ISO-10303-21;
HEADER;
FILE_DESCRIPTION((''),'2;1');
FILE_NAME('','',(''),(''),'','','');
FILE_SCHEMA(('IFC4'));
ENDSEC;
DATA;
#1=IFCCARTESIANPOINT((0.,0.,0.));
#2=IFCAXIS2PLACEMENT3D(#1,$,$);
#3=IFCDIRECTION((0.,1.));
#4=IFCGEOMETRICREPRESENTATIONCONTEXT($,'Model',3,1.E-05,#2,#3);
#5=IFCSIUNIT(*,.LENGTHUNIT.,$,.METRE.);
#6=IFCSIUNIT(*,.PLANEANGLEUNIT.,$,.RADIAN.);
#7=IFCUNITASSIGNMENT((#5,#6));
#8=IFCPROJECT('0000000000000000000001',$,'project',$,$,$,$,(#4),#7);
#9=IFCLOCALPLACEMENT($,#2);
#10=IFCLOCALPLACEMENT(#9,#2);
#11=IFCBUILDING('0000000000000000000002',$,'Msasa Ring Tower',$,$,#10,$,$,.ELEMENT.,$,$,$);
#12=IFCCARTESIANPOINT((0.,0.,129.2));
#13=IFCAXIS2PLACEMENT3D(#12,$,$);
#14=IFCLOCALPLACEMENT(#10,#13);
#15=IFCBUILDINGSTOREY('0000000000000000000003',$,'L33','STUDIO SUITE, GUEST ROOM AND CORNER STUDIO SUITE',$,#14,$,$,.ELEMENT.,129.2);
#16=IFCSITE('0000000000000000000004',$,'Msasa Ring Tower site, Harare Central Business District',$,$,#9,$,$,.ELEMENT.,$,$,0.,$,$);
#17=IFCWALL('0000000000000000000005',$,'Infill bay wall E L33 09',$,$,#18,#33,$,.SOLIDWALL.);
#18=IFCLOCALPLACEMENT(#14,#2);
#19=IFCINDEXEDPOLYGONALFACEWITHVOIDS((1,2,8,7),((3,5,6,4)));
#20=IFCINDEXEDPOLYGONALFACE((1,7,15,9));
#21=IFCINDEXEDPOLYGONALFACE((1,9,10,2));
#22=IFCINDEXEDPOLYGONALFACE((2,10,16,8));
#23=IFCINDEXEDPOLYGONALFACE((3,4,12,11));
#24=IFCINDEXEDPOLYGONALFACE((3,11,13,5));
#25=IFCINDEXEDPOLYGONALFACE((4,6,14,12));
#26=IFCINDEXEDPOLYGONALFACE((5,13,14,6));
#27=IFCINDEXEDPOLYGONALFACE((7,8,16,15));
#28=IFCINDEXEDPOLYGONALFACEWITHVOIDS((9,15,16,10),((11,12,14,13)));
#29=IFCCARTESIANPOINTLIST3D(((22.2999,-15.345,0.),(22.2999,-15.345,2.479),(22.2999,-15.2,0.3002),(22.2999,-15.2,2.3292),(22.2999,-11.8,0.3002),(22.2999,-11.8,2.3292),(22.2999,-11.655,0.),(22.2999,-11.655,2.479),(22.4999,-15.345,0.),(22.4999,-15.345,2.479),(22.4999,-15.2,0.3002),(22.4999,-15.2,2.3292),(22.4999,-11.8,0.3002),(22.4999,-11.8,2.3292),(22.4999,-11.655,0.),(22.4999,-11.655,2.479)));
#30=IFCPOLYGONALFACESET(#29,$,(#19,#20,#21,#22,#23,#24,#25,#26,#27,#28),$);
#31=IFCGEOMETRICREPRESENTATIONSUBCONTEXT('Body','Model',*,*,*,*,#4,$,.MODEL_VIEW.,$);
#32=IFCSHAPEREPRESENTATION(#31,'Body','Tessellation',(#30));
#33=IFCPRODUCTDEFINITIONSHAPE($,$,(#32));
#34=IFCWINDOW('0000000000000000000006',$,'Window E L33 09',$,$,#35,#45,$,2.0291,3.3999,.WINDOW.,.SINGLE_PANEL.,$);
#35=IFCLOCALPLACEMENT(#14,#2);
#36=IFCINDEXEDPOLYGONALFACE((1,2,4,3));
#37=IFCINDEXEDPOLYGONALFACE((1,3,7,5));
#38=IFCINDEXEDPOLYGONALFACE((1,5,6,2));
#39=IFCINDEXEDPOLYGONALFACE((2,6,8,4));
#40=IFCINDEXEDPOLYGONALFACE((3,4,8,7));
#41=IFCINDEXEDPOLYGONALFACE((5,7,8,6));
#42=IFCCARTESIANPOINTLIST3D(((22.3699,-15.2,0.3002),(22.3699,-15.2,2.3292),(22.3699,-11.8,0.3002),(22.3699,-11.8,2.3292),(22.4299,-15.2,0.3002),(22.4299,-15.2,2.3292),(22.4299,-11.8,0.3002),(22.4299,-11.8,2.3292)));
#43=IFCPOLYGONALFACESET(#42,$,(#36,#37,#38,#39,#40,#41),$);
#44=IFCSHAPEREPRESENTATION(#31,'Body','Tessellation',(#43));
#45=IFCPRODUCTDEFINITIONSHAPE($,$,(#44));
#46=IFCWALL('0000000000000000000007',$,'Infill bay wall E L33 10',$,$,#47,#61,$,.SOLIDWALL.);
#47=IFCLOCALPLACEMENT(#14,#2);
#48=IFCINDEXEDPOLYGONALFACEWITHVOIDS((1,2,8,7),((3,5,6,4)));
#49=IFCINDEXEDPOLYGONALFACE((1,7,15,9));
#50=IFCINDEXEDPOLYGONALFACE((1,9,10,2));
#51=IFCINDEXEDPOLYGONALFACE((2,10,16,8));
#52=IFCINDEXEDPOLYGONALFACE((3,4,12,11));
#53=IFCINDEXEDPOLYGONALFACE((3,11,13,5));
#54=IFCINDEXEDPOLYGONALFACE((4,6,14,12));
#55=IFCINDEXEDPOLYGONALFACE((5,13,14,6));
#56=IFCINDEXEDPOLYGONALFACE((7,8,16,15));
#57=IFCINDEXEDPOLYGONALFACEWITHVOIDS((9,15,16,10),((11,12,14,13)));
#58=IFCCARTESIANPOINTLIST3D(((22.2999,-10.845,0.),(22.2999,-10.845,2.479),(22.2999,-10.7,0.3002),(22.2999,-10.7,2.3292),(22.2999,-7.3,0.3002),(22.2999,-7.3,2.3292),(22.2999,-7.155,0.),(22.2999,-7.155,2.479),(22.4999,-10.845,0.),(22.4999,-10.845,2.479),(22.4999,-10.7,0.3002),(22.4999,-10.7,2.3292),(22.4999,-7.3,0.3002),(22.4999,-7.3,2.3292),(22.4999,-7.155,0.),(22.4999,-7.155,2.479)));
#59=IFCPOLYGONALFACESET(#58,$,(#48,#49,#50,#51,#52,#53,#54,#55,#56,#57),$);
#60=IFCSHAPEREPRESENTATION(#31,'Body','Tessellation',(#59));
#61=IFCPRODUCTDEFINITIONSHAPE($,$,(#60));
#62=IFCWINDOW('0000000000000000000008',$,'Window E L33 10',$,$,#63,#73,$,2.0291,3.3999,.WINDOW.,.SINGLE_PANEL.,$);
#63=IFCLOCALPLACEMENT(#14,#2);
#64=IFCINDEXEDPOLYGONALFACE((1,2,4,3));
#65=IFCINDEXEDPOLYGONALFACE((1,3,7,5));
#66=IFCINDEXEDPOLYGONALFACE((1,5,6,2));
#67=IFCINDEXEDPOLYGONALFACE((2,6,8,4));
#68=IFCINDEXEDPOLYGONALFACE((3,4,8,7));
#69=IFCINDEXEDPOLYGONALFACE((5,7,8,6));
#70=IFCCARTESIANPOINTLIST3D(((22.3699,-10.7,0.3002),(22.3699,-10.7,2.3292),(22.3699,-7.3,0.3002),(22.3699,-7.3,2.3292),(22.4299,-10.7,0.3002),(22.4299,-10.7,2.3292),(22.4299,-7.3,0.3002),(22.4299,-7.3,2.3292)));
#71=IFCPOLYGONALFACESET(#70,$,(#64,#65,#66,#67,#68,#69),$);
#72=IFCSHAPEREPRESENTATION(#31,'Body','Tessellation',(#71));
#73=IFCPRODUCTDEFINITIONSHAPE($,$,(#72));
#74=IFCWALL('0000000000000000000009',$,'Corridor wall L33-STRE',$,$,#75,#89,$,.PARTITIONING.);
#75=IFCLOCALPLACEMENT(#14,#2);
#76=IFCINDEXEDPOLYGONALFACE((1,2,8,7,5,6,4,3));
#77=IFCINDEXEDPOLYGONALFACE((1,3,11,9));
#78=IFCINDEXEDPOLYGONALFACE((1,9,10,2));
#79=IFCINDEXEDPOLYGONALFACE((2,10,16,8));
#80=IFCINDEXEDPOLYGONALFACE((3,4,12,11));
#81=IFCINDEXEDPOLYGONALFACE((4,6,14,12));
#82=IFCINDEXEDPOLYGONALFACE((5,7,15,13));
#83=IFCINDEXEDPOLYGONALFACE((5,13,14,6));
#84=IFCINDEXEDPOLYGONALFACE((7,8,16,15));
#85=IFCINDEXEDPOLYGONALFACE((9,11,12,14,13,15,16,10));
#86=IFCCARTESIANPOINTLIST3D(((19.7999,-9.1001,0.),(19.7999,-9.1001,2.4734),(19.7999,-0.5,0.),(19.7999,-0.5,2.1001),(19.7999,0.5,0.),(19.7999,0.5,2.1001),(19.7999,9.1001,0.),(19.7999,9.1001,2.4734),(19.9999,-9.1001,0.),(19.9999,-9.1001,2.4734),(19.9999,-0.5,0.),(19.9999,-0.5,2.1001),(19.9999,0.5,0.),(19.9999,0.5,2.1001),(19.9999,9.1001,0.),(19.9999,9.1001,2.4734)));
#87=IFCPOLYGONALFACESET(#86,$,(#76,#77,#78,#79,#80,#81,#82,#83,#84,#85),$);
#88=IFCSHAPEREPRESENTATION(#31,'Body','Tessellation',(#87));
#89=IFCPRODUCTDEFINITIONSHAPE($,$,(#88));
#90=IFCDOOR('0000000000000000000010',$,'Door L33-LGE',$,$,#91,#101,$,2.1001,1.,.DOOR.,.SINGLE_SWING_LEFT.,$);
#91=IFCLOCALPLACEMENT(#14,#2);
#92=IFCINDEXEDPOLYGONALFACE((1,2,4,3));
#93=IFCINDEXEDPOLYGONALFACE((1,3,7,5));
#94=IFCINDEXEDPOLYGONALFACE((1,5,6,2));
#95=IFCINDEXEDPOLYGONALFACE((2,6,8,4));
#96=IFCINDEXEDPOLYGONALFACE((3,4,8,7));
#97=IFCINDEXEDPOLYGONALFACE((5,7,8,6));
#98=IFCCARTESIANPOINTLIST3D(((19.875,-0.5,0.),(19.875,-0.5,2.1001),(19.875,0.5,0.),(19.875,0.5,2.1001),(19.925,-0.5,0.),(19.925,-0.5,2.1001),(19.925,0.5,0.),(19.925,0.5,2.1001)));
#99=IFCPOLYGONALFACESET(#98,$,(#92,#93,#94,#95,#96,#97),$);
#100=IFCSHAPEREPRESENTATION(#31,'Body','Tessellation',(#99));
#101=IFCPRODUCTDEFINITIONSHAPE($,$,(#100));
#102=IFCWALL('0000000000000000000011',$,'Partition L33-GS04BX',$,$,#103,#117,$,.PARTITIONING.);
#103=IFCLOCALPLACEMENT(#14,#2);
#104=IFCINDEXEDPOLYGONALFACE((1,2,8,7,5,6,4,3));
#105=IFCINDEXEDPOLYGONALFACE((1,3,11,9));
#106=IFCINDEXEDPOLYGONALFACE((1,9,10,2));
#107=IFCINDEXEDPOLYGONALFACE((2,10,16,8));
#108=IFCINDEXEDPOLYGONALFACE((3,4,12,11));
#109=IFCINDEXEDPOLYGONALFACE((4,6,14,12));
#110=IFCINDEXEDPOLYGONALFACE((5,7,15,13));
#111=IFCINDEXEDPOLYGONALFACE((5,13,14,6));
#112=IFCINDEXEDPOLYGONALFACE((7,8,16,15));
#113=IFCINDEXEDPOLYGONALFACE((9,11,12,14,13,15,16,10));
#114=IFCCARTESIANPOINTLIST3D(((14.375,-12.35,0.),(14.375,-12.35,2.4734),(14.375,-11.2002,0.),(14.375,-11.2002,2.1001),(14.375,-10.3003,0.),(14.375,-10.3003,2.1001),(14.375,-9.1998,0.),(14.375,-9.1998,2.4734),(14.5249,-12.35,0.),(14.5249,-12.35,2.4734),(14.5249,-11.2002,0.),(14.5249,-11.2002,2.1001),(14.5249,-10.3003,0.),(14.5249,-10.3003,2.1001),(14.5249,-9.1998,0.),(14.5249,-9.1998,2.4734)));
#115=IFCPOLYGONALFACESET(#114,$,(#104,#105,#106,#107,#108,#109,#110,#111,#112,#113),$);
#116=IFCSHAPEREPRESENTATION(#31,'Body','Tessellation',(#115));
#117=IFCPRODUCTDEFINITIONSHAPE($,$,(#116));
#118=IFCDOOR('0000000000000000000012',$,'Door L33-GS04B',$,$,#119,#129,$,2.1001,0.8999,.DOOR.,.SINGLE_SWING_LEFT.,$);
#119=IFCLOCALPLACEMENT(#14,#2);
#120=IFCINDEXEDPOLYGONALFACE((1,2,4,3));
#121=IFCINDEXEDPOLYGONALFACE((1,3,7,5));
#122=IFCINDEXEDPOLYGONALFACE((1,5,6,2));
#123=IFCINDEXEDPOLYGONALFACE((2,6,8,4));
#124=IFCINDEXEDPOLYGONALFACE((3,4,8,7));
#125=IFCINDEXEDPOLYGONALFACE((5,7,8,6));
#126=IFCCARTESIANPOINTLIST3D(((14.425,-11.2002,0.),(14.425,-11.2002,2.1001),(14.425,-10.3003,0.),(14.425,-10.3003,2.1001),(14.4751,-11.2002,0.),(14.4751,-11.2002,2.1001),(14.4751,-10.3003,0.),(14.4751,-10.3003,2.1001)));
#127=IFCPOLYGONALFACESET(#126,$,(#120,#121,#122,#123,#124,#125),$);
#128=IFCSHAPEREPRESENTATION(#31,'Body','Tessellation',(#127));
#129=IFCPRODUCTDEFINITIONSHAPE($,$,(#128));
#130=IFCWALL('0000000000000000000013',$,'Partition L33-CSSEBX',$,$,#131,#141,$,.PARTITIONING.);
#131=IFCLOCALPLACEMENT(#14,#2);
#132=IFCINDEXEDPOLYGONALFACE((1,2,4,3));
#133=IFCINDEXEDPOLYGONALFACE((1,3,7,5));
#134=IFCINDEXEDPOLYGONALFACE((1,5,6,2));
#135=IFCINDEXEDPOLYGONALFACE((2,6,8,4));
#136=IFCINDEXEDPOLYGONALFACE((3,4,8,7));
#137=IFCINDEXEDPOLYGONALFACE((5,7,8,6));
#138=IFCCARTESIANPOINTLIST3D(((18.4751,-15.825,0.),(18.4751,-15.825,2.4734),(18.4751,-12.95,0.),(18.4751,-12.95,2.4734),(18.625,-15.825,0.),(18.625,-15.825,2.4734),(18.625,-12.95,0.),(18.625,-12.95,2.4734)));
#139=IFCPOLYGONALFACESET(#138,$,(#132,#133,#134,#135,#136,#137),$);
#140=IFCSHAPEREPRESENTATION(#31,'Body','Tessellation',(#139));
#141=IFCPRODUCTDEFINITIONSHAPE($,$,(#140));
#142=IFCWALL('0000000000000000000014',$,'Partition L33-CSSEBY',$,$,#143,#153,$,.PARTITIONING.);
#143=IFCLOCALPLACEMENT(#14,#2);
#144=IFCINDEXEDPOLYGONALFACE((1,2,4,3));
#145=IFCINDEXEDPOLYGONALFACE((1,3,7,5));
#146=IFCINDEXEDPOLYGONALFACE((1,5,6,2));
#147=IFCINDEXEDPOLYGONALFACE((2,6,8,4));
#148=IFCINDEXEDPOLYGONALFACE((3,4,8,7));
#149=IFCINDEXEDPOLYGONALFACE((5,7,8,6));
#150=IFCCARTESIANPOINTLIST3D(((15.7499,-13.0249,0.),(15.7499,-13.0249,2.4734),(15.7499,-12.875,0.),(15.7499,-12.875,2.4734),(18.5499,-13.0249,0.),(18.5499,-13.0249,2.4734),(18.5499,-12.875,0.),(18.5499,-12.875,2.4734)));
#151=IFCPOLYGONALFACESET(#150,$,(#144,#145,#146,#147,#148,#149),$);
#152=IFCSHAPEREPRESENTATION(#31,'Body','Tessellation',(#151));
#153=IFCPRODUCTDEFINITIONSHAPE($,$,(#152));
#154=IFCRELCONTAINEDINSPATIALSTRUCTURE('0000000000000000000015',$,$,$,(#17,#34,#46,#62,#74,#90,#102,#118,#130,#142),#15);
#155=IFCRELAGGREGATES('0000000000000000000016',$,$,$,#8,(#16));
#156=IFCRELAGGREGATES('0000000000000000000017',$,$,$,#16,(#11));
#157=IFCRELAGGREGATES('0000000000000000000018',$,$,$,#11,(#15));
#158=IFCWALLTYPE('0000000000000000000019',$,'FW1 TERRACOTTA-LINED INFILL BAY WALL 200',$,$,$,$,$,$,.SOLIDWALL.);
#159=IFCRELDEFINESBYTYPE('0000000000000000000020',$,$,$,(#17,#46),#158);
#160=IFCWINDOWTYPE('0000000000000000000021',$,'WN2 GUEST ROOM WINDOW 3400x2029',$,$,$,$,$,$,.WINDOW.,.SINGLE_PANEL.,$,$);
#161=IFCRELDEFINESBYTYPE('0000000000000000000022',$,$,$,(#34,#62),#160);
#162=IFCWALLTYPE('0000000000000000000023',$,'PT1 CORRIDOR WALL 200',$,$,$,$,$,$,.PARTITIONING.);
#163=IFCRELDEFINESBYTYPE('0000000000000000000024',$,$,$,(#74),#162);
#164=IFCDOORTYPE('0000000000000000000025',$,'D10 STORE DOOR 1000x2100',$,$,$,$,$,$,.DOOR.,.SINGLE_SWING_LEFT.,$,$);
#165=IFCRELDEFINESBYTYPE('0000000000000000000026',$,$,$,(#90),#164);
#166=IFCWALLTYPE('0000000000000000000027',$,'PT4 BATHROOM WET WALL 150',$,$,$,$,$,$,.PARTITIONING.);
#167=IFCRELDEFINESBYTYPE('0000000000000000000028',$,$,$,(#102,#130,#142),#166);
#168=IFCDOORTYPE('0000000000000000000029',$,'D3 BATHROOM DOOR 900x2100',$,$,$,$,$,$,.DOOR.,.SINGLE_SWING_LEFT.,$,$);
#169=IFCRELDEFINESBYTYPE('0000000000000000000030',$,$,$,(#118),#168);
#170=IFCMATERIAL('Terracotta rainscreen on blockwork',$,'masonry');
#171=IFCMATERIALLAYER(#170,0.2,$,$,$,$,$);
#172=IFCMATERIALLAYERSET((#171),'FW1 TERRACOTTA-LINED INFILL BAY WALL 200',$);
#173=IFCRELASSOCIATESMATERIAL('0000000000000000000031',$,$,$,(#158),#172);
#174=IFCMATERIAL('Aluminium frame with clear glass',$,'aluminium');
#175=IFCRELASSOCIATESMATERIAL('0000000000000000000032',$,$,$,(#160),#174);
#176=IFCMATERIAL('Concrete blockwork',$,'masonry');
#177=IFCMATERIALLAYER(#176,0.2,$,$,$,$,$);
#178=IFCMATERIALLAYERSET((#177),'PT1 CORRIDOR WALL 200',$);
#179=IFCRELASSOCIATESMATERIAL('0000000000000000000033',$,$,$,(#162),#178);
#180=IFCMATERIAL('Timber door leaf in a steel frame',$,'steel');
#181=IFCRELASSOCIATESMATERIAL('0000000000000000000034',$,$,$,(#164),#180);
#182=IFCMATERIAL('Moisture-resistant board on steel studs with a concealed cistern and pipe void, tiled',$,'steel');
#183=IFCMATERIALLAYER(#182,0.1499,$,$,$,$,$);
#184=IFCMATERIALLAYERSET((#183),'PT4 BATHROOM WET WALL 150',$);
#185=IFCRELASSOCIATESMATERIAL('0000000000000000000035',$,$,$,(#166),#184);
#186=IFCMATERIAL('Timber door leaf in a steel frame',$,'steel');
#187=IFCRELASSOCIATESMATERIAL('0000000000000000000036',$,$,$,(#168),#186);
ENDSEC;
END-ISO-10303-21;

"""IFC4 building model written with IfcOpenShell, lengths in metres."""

from ifc_helpers import new_model, si_unit, direction, frame, frame_2d, origin, place, context, subcontext, project, spatial, rectangle, extrude, material, layer, layer_set, type_object, element, fill, save


model = new_model("IFC4")

# Units and contexts
model_context = context("Model", 3, precision=1e-05, world=origin(), true_north=direction((0.0, 1.0)))
body_context = subcontext(model_context, "Body", "Model", "MODEL_VIEW")
ifc_project = project(units=[si_unit("LENGTHUNIT", "METRE"), si_unit("PLANEANGLEUNIT", "RADIAN")], contexts=[model_context])

# Site, building, storey
site_placement = place(None, origin())
site = spatial("IfcSite", under=ifc_project, at=site_placement, Name="Msasa Ring Tower site, Harare Central Business District", CompositionType="ELEMENT", RefElevation=0.0)
building_placement = place(site_placement, origin())
building = spatial("IfcBuilding", under=site, at=building_placement, Name="Msasa Ring Tower", CompositionType="ELEMENT")
storey_placement = place(building_placement, frame((0.0, 0.0, 129.2)))
storey = spatial("IfcBuildingStorey", under=building, at=storey_placement, Name="L33", Description="STUDIO SUITE, GUEST ROOM AND CORNER STUDIO SUITE", CompositionType="ELEMENT", Elevation=129.2)

# Walls, openings, windows
ifc_material_1 = material(Name="Terracotta rainscreen on blockwork", Category="masonry")
ifc_layer_1 = layer(ifc_material_1, 0.2)
ifc_layer_set_1 = layer_set([ifc_layer_1], Name="FW1 TERRACOTTA-LINED INFILL BAY WALL 200")
wall_type_1 = type_object("IfcWallType", Name="FW1 TERRACOTTA-LINED INFILL BAY WALL 200", PredefinedType="SOLIDWALL", material=ifc_layer_set_1)
wall_1_placement = place(storey_placement, frame((22.3999, -15.345, 0.0), z_axis=(0.0, 0.0, 1.0), x_axis=(0.0, 1.0, 0.0)))
wall_1 = element("IfcWall", 1, at=wall_1_placement, inside=storey, type_object=wall_type_1, Name="Infill bay wall E L33 09", PredefinedType="SOLIDWALL", context=body_context, shape_type="SweptSolid", body=[
    extrude(rectangle(XDim=3.6899, YDim=0.2, at=frame_2d((1.845, 0.0))), origin(), (0.0, 0.0, 1.0), 2.479),
])
opening_1_placement = place(wall_1_placement, frame((0.145, 0.0, 0.3)))
opening_1 = element("IfcOpeningElement", 2, at=opening_1_placement, cuts=wall_1, PredefinedType="OPENING", context=body_context, shape_type="SweptSolid", body=[
    extrude(rectangle(XDim=3.3999, YDim=2.0291, at=frame_2d((1.7, 1.0146))), frame((0.0, 0.1099, 0.0), z_axis=(0.0, -1.0, 0.0), x_axis=(1.0, 0.0, 0.0)), (0.0, 0.0, 1.0), 0.22),
])
ifc_material_2 = material(Name="Aluminium frame with clear glass", Category="aluminium")
window_type = type_object("IfcWindowType", Name="WN2 GUEST ROOM WINDOW 3400x2029", PartitioningType="SINGLE_PANEL", PredefinedType="WINDOW", material=ifc_material_2)
window_1_placement = place(opening_1_placement, origin())
window_1 = element("IfcWindow", 3, at=window_1_placement, inside=storey, type_object=window_type, Name="Window E L33 09", OverallHeight=2.0291, OverallWidth=3.3999, PartitioningType="SINGLE_PANEL", PredefinedType="WINDOW", context=body_context, shape_type="SweptSolid", body=[
    extrude(rectangle(XDim=3.3999, YDim=2.0291, at=frame_2d((1.7, 1.0146))), frame((0.0, 0.03, 0.0), z_axis=(0.0, -1.0, 0.0), x_axis=(1.0, 0.0, 0.0)), (0.0, 0.0, 1.0), 0.0601),
])
fill(opening_1, window_1)
wall_2_placement = place(storey_placement, frame((22.3999, -10.845, 0.0), z_axis=(0.0, 0.0, 1.0), x_axis=(0.0, 1.0, 0.0)))
wall_2 = element("IfcWall", 4, at=wall_2_placement, inside=storey, type_object=wall_type_1, Name="Infill bay wall E L33 10", PredefinedType="SOLIDWALL", context=body_context, shape_type="SweptSolid", body=[
    extrude(rectangle(XDim=3.6899, YDim=0.2, at=frame_2d((1.845, 0.0))), origin(), (0.0, 0.0, 1.0), 2.479),
])
opening_2_placement = place(wall_2_placement, frame((0.145, 0.0, 0.3)))
opening_2 = element("IfcOpeningElement", 5, at=opening_2_placement, cuts=wall_2, PredefinedType="OPENING", context=body_context, shape_type="SweptSolid", body=[
    extrude(rectangle(XDim=3.3999, YDim=2.0291, at=frame_2d((1.7, 1.0146))), frame((0.0, 0.1099, 0.0), z_axis=(0.0, -1.0, 0.0), x_axis=(1.0, 0.0, 0.0)), (0.0, 0.0, 1.0), 0.22),
])
window_2_placement = place(opening_2_placement, origin())
window_2 = element("IfcWindow", 6, at=window_2_placement, inside=storey, type_object=window_type, Name="Window E L33 10", OverallHeight=2.0291, OverallWidth=3.3999, PartitioningType="SINGLE_PANEL", PredefinedType="WINDOW", context=body_context, shape_type="SweptSolid", body=[
    extrude(rectangle(XDim=3.3999, YDim=2.0291, at=frame_2d((1.7, 1.0146))), frame((0.0, 0.03, 0.0), z_axis=(0.0, -1.0, 0.0), x_axis=(1.0, 0.0, 0.0)), (0.0, 0.0, 1.0), 0.0601),
])
fill(opening_2, window_2)

# Walls, openings, doors
ifc_material_3 = material(Name="Concrete blockwork", Category="masonry")
ifc_layer_2 = layer(ifc_material_3, 0.2)
ifc_layer_set_2 = layer_set([ifc_layer_2], Name="PT1 CORRIDOR WALL 200")
wall_type_2 = type_object("IfcWallType", Name="PT1 CORRIDOR WALL 200", PredefinedType="PARTITIONING", material=ifc_layer_set_2)
wall_3_placement = place(storey_placement, frame((19.8999, -9.1001, 0.0), z_axis=(0.0, 0.0, 1.0), x_axis=(0.0, 1.0, 0.0)))
wall_3 = element("IfcWall", 7, at=wall_3_placement, inside=storey, type_object=wall_type_2, Name="Corridor wall L33-STRE", PredefinedType="PARTITIONING", context=body_context, shape_type="SweptSolid", body=[
    extrude(rectangle(XDim=18.2002, YDim=0.2, at=frame_2d((9.1001, 0.0))), origin(), (0.0, 0.0, 1.0), 2.4734),
])
opening_3_placement = place(wall_3_placement, frame((8.6001, 0.0, 0.0)))
opening_3 = element("IfcOpeningElement", 8, at=opening_3_placement, cuts=wall_3, PredefinedType="OPENING", context=body_context, shape_type="SweptSolid", body=[
    extrude(rectangle(XDim=1.0, YDim=2.1001, at=frame_2d((0.5, 1.05))), frame((0.0, 0.1099, 0.0), z_axis=(0.0, -1.0, 0.0), x_axis=(1.0, 0.0, 0.0)), (0.0, 0.0, 1.0), 0.22),
])
ifc_material_4 = material(Name="Timber door leaf in a steel frame", Category="steel")
door_type_1 = type_object("IfcDoorType", Name="D10 STORE DOOR 1000x2100", OperationType="SINGLE_SWING_LEFT", PredefinedType="DOOR", material=ifc_material_4)
door_1_placement = place(opening_3_placement, origin())
door_1 = element("IfcDoor", 9, at=door_1_placement, inside=storey, type_object=door_type_1, Name="Door L33-LGE", OperationType="SINGLE_SWING_LEFT", OverallHeight=2.1001, OverallWidth=1.0, PredefinedType="DOOR", context=body_context, shape_type="SweptSolid", body=[
    extrude(rectangle(XDim=1.0, YDim=2.1001, at=frame_2d((0.5, 1.05))), frame((0.0, 0.0249, 0.0), z_axis=(0.0, -1.0, 0.0), x_axis=(1.0, 0.0, 0.0)), (0.0, 0.0, 1.0), 0.05),
])
fill(opening_3, door_1)
ifc_material_5 = material(Name="Moisture-resistant board on steel studs with a concealed cistern and pipe void, tiled", Category="steel")
ifc_layer_3 = layer(ifc_material_5, 0.1499)
ifc_layer_set_3 = layer_set([ifc_layer_3], Name="PT4 BATHROOM WET WALL 150")
wall_type_3 = type_object("IfcWallType", Name="PT4 BATHROOM WET WALL 150", PredefinedType="PARTITIONING", material=ifc_layer_set_3)
wall_4_placement = place(storey_placement, frame((14.45, -12.3501, 0.0), z_axis=(0.0, 0.0, 1.0), x_axis=(0.0, 1.0, 0.0)))
wall_4 = element("IfcWall", 10, at=wall_4_placement, inside=storey, type_object=wall_type_3, Name="Partition L33-GS04BX", PredefinedType="PARTITIONING", context=body_context, shape_type="SweptSolid", body=[
    extrude(rectangle(XDim=3.1501, YDim=0.1499, at=frame_2d((1.5752, 0.0))), origin(), (0.0, 0.0, 1.0), 2.4734),
])
opening_4_placement = place(wall_4_placement, frame((1.1499, 0.0, 0.0)))
opening_4 = element("IfcOpeningElement", 11, at=opening_4_placement, cuts=wall_4, PredefinedType="OPENING", context=body_context, shape_type="SweptSolid", body=[
    extrude(rectangle(XDim=0.8999, YDim=2.1001, at=frame_2d((0.45, 1.05))), frame((0.0, 0.085, 0.0), z_axis=(0.0, -1.0, 0.0), x_axis=(1.0, 0.0, 0.0)), (0.0, 0.0, 1.0), 0.1699),
])
ifc_material_6 = material(Name="Timber door leaf in a steel frame", Category="steel")
door_type_2 = type_object("IfcDoorType", Name="D3 BATHROOM DOOR 900x2100", OperationType="SINGLE_SWING_LEFT", PredefinedType="DOOR", material=ifc_material_6)
door_2_placement = place(opening_4_placement, origin())
door_2 = element("IfcDoor", 12, at=door_2_placement, inside=storey, type_object=door_type_2, Name="Door L33-GS04B", OperationType="SINGLE_SWING_LEFT", OverallHeight=2.1001, OverallWidth=0.8999, PredefinedType="DOOR", context=body_context, shape_type="SweptSolid", body=[
    extrude(rectangle(XDim=0.8999, YDim=2.1001, at=frame_2d((0.45, 1.05))), frame((0.0, 0.0249, 0.0), z_axis=(0.0, -1.0, 0.0), x_axis=(1.0, 0.0, 0.0)), (0.0, 0.0, 1.0), 0.05),
])
fill(opening_4, door_2)

# Walls
wall_5_placement = place(storey_placement, frame((18.55, -15.825, 0.0), z_axis=(0.0, 0.0, 1.0), x_axis=(0.0, 1.0, 0.0)))
element("IfcWall", 13, at=wall_5_placement, inside=storey, type_object=wall_type_3, Name="Partition L33-CSSEBX", PredefinedType="PARTITIONING", context=body_context, shape_type="SweptSolid", body=[
    extrude(rectangle(XDim=2.875, YDim=0.1499, at=frame_2d((1.4375, 0.0))), origin(), (0.0, 0.0, 1.0), 2.4734),
])
wall_6_placement = place(storey_placement, frame((15.75, -12.95, 0.0), z_axis=(0.0, 0.0, 1.0), x_axis=(1.0, 0.0, 0.0)))
element("IfcWall", 14, at=wall_6_placement, inside=storey, type_object=wall_type_3, Name="Partition L33-CSSEBY", PredefinedType="PARTITIONING", context=body_context, shape_type="SweptSolid", body=[
    extrude(rectangle(XDim=2.8, YDim=0.1499, at=frame_2d((1.3999, 0.0))), origin(), (0.0, 0.0, 1.0), 2.4734),
])

save(model, "model.ifc")
